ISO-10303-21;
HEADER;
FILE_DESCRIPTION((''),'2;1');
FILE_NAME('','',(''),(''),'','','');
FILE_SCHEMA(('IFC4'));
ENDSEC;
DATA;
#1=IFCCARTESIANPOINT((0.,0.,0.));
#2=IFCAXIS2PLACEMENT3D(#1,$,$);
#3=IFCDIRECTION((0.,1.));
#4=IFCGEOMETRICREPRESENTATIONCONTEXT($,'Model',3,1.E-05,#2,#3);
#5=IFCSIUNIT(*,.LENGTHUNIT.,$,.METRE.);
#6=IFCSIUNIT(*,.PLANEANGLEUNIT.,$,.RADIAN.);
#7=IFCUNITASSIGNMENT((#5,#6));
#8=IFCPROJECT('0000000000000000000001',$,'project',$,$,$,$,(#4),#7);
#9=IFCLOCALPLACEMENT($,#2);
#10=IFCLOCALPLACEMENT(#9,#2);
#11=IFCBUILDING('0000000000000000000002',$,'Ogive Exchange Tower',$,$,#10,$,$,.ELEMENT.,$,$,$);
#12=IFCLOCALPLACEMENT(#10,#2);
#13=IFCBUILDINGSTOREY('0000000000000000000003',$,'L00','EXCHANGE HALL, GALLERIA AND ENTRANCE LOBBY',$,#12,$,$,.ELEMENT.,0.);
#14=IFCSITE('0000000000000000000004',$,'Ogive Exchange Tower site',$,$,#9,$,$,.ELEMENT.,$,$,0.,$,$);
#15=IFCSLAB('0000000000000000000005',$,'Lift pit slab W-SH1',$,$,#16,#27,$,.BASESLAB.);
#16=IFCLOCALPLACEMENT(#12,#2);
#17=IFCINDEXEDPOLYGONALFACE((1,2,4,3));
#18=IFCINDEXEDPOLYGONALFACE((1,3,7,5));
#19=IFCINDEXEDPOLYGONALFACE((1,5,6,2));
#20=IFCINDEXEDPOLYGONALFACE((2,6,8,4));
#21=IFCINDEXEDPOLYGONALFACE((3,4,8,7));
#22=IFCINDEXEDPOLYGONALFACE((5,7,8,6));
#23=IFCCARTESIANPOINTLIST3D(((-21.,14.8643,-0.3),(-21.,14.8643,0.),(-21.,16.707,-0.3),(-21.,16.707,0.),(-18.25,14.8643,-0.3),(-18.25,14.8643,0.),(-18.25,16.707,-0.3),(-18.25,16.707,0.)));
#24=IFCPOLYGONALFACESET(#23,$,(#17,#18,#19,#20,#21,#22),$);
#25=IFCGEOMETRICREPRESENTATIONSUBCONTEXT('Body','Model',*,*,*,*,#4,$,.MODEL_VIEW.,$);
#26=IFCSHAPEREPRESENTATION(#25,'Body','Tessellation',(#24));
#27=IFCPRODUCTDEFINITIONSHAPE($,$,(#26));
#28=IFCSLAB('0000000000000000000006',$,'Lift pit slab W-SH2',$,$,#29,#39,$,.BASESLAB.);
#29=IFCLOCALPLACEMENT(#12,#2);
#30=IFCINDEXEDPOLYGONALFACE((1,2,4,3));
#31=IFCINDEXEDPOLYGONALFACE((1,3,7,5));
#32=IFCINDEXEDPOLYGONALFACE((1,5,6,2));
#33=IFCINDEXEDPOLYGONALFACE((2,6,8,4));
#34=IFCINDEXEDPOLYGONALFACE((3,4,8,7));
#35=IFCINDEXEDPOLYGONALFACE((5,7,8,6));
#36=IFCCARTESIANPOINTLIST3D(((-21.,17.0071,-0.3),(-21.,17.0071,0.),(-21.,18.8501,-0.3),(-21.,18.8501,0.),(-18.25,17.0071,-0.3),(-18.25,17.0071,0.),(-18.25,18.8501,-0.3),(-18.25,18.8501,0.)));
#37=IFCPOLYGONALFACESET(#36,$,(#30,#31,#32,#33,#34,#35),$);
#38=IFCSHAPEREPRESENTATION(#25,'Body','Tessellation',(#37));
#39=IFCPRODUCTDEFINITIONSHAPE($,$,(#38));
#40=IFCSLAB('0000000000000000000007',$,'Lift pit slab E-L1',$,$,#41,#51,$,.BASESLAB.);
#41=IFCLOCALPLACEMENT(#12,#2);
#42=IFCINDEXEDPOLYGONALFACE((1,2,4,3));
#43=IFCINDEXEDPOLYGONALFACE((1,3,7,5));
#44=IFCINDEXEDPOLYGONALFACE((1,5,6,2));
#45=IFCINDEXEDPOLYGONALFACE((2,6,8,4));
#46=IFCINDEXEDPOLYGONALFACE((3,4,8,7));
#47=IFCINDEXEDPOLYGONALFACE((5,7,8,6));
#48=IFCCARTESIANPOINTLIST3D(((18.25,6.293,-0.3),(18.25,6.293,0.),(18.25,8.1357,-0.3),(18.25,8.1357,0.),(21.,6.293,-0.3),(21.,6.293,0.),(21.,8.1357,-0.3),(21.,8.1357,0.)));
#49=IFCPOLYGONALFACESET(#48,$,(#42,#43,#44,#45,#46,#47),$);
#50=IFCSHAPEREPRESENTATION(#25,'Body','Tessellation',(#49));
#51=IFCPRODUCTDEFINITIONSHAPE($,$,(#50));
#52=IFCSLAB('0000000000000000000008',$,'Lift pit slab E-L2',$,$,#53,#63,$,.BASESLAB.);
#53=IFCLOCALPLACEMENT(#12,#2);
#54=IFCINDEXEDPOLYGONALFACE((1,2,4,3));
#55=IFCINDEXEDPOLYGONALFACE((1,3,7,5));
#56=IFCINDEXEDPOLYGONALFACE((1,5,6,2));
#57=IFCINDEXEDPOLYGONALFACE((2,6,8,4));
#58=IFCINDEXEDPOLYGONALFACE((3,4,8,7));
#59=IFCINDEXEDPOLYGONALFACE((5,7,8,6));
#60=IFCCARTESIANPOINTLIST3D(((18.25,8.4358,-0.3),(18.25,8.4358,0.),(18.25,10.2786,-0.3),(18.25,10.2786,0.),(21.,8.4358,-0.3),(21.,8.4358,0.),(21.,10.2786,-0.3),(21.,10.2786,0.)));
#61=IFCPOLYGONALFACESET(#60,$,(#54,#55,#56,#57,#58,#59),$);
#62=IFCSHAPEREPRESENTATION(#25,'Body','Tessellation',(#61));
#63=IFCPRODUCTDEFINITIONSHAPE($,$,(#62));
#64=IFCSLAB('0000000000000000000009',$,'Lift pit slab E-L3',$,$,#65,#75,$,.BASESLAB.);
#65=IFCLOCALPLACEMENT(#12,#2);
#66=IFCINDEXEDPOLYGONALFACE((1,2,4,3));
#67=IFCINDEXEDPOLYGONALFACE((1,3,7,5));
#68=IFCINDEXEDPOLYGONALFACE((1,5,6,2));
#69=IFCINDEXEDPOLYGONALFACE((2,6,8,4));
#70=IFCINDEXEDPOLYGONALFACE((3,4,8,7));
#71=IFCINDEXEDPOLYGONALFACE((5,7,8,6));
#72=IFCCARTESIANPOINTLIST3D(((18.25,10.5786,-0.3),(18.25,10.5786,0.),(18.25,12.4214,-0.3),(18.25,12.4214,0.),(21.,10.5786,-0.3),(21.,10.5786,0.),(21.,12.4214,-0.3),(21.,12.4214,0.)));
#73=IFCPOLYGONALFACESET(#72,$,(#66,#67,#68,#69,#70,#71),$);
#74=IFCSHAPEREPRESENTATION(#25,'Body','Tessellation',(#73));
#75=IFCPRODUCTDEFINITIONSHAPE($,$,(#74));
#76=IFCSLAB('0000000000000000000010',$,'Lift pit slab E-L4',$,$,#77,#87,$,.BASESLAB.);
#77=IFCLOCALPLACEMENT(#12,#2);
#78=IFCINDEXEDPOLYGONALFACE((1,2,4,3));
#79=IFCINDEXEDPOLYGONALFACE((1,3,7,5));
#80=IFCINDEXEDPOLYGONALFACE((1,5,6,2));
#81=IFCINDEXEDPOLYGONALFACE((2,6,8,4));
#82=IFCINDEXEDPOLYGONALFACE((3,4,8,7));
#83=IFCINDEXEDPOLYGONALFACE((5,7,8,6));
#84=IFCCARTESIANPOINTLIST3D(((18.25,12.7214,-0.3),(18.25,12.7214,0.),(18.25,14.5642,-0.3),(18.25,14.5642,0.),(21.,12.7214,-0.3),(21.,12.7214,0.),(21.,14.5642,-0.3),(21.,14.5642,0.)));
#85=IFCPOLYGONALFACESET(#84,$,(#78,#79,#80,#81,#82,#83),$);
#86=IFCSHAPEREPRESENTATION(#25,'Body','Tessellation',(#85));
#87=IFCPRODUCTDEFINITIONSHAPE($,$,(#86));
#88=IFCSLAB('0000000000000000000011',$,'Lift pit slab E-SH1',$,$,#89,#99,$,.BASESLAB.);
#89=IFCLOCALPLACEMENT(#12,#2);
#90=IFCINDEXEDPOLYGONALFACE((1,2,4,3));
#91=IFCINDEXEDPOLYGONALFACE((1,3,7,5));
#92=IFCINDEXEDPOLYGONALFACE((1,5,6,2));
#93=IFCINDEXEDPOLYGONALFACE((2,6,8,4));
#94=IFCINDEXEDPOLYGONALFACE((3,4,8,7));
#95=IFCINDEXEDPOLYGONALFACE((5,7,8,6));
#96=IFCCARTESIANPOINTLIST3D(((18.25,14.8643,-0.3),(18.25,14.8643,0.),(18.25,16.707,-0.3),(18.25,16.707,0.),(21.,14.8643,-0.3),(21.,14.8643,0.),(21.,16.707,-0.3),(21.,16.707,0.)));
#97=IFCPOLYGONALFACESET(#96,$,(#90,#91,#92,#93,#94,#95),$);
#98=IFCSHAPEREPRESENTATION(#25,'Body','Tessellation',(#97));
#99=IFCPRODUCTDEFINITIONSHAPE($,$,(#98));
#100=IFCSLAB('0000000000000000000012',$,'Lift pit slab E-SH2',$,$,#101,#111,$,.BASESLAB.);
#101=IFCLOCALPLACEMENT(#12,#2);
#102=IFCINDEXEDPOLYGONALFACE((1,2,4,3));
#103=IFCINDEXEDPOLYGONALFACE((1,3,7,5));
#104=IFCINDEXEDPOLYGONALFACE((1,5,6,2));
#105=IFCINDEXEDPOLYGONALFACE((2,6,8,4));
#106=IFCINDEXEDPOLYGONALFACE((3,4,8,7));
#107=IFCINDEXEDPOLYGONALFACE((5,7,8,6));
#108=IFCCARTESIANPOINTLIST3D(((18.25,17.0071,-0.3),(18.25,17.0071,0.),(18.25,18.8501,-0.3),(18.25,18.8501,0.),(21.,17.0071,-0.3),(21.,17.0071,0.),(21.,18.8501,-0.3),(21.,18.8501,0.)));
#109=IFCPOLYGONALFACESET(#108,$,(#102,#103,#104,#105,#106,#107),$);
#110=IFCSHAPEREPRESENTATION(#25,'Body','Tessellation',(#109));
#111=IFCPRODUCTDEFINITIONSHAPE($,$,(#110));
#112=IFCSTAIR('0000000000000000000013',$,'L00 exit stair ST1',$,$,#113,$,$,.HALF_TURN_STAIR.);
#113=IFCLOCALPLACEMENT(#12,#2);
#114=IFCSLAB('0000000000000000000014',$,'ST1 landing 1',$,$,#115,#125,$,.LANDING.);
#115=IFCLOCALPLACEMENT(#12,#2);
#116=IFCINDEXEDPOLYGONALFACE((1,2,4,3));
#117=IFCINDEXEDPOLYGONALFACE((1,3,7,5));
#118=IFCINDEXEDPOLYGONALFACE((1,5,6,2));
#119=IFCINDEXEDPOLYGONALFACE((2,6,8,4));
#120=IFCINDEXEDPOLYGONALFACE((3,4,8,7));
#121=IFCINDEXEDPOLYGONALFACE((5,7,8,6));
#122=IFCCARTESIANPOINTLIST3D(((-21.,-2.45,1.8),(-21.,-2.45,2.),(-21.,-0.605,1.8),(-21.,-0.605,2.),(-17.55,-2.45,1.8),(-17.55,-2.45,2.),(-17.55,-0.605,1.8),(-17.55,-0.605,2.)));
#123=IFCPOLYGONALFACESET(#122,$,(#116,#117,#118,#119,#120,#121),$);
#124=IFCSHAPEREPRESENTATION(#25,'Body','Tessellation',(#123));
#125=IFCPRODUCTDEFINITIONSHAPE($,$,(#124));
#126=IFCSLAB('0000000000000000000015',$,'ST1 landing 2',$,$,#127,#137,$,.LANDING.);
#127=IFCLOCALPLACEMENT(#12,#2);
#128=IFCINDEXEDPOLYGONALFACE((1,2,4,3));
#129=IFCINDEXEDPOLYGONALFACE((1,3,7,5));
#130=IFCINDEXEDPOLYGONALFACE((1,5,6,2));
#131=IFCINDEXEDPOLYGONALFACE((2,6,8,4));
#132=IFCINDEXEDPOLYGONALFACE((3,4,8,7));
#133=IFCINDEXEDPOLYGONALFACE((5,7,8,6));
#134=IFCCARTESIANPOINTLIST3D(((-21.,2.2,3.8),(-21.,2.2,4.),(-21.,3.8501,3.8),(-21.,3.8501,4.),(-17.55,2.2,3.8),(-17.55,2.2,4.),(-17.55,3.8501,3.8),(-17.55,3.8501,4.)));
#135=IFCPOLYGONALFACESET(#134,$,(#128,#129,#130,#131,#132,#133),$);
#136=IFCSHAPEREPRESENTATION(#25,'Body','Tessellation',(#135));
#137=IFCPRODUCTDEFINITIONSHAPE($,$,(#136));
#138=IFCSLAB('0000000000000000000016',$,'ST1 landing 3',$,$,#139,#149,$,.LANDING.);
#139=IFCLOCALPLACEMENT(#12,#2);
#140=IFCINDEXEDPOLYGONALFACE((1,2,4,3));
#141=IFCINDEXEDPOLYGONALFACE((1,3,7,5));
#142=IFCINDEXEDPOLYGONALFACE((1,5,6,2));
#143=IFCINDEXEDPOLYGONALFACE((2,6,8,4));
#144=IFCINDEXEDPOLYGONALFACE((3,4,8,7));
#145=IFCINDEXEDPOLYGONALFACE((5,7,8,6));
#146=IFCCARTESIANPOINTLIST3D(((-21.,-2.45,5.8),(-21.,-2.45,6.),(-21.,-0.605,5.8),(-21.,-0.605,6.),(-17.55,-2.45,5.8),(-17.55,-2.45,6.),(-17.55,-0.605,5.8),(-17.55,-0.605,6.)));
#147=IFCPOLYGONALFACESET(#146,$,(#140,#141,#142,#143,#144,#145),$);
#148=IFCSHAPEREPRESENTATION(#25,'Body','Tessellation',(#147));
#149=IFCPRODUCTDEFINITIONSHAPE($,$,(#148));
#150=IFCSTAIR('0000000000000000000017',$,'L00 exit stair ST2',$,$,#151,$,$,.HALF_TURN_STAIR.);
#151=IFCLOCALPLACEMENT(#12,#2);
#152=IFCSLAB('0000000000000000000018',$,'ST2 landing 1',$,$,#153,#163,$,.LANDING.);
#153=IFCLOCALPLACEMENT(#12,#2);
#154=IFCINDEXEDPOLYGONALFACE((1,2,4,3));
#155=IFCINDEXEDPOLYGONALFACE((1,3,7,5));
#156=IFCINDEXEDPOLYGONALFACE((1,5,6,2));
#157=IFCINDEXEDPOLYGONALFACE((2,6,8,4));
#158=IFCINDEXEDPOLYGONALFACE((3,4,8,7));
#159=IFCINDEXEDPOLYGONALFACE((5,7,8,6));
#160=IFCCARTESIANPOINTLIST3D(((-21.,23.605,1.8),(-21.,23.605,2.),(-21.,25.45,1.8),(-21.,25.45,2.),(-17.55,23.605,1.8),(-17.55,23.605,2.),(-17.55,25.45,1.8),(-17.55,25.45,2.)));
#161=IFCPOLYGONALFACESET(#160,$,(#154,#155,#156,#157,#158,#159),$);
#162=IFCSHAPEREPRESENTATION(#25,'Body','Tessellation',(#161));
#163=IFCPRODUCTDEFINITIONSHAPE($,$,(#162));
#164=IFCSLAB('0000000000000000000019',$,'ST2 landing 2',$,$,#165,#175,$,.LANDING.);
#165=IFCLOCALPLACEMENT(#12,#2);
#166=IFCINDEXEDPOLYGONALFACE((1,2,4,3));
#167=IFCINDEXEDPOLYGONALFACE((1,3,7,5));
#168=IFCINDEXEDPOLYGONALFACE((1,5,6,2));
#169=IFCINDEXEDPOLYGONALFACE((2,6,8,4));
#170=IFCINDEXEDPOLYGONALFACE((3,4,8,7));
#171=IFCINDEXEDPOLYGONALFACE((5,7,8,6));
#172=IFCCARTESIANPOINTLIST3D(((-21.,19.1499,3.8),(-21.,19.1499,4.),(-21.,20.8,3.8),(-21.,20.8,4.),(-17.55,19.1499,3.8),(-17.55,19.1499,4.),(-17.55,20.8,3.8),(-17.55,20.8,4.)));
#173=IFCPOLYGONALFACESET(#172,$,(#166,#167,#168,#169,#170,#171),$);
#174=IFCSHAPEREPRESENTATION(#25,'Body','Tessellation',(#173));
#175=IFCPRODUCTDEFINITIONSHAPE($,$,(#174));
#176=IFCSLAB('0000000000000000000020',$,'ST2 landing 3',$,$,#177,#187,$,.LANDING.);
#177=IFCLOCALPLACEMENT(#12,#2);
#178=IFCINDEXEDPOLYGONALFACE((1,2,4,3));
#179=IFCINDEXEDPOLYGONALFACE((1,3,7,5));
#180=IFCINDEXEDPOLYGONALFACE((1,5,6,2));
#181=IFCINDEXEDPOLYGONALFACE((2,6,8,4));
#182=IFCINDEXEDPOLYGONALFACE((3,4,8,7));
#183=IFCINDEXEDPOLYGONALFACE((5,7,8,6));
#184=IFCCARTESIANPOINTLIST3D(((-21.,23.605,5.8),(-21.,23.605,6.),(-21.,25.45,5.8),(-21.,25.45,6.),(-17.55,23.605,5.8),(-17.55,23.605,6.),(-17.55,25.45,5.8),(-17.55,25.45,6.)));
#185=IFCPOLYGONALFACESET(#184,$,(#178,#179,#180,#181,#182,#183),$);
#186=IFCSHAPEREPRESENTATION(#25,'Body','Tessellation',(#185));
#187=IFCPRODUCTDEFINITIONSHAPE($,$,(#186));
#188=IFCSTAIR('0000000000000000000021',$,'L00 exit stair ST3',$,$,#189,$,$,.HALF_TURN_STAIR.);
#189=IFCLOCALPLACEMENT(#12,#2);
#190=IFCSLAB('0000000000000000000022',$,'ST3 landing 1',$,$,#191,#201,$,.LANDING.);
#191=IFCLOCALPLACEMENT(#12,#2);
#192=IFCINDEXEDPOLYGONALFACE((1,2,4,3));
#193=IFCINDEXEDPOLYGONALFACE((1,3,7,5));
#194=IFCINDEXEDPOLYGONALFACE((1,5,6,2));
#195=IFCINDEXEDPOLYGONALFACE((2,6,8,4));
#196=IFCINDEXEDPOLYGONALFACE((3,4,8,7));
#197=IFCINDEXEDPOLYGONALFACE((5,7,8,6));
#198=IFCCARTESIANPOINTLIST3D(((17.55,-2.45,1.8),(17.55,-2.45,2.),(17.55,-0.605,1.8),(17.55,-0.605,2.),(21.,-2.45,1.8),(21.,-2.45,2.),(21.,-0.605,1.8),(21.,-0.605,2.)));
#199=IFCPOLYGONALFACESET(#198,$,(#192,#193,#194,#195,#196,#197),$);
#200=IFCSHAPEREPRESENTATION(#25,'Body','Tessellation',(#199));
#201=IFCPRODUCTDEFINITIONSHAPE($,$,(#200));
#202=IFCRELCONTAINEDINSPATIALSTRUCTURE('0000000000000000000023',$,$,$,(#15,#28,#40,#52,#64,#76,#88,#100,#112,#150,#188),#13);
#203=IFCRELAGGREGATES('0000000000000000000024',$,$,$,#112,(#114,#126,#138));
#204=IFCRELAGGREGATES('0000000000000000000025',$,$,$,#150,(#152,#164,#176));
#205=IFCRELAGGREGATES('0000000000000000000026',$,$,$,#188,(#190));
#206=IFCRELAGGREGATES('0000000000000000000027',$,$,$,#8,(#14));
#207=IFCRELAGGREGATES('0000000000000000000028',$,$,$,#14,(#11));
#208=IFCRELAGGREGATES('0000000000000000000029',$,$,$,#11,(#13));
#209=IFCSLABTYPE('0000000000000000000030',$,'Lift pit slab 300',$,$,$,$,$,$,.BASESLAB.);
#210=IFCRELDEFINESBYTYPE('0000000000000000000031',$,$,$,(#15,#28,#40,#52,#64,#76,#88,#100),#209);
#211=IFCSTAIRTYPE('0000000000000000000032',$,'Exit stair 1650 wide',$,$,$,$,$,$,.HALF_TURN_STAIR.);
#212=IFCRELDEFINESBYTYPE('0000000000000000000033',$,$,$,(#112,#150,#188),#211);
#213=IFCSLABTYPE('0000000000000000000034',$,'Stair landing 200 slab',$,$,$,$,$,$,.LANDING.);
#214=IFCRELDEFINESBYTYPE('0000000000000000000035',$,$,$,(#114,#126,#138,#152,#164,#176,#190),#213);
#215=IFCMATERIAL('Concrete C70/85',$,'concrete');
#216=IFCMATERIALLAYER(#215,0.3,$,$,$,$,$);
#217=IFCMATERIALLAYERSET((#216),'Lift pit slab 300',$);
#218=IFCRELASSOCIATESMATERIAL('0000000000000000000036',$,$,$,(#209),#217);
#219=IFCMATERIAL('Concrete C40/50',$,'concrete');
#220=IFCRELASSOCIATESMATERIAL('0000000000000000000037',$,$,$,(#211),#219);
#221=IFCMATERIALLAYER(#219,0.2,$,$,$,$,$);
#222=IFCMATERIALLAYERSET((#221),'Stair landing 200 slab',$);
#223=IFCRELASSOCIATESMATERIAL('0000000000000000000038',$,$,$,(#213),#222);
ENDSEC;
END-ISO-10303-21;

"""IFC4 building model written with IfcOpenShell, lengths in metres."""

from ifc_helpers import new_model, si_unit, direction, frame, origin, place, context, subcontext, project, spatial, polyline, outline, extrude, material, layer, layer_set, type_object, element, aggregate, save


model = new_model("IFC4")

# Units and contexts
model_context = context("Model", 3, precision=1e-05, world=origin(), true_north=direction((0.0, 1.0)))
body_context = subcontext(model_context, "Body", "Model", "MODEL_VIEW")
ifc_project = project(units=[si_unit("LENGTHUNIT", "METRE"), si_unit("PLANEANGLEUNIT", "RADIAN")], contexts=[model_context])

# Site, building, storey
site_placement = place(None, origin())
site = spatial("IfcSite", under=ifc_project, at=site_placement, Name="Ogive Exchange Tower site", CompositionType="ELEMENT", RefElevation=0.0)
building_placement = place(site_placement, origin())
building = spatial("IfcBuilding", under=site, at=building_placement, Name="Ogive Exchange Tower", CompositionType="ELEMENT")
storey_placement = place(building_placement, origin())
storey = spatial("IfcBuildingStorey", under=building, at=storey_placement, Name="L00", Description="EXCHANGE HALL, GALLERIA AND ENTRANCE LOBBY", CompositionType="ELEMENT", Elevation=0.0)

# Slabs
ifc_material_1 = material(Name="Concrete C70/85", Category="concrete")
ifc_layer_1 = layer(ifc_material_1, 0.3)
ifc_layer_set_1 = layer_set([ifc_layer_1], Name="Lift pit slab 300")
slab_type_1 = type_object("IfcSlabType", Name="Lift pit slab 300", PredefinedType="BASESLAB", material=ifc_layer_set_1)
slab_1_placement = place(storey_placement, frame((0.0, 0.0, -0.3)))
element("IfcSlab", 1, at=slab_1_placement, inside=storey, type_object=slab_type_1, Name="Lift pit slab W-SH1", PredefinedType="BASESLAB", context=body_context, shape_type="SweptSolid", body=[
    extrude(outline(polyline([(-21.0, 14.8643), (-18.25, 14.8643), (-18.25, 16.707), (-21.0, 16.707), (-21.0, 14.8643)])), origin(), (0.0, 0.0, 1.0), 0.3),
])
slab_2_placement = place(storey_placement, frame((0.0, 0.0, -0.3)))
element("IfcSlab", 2, at=slab_2_placement, inside=storey, type_object=slab_type_1, Name="Lift pit slab W-SH2", PredefinedType="BASESLAB", context=body_context, shape_type="SweptSolid", body=[
    extrude(outline(polyline([(-21.0, 17.0071), (-18.25, 17.0071), (-18.25, 18.8501), (-21.0, 18.8501), (-21.0, 17.0071)])), origin(), (0.0, 0.0, 1.0), 0.3),
])
slab_3_placement = place(storey_placement, frame((0.0, 0.0, -0.3)))
element("IfcSlab", 3, at=slab_3_placement, inside=storey, type_object=slab_type_1, Name="Lift pit slab E-L1", PredefinedType="BASESLAB", context=body_context, shape_type="SweptSolid", body=[
    extrude(outline(polyline([(18.25, 6.293), (21.0, 6.293), (21.0, 8.1357), (18.25, 8.1357), (18.25, 6.293)])), origin(), (0.0, 0.0, 1.0), 0.3),
])
slab_4_placement = place(storey_placement, frame((0.0, 0.0, -0.3)))
element("IfcSlab", 4, at=slab_4_placement, inside=storey, type_object=slab_type_1, Name="Lift pit slab E-L2", PredefinedType="BASESLAB", context=body_context, shape_type="SweptSolid", body=[
    extrude(outline(polyline([(18.25, 8.4358), (21.0, 8.4358), (21.0, 10.2786), (18.25, 10.2786), (18.25, 8.4358)])), origin(), (0.0, 0.0, 1.0), 0.3),
])
slab_5_placement = place(storey_placement, frame((0.0, 0.0, -0.3)))
element("IfcSlab", 5, at=slab_5_placement, inside=storey, type_object=slab_type_1, Name="Lift pit slab E-L3", PredefinedType="BASESLAB", context=body_context, shape_type="SweptSolid", body=[
    extrude(outline(polyline([(18.25, 10.5786), (21.0, 10.5786), (21.0, 12.4214), (18.25, 12.4214), (18.25, 10.5786)])), origin(), (0.0, 0.0, 1.0), 0.3),
])
slab_6_placement = place(storey_placement, frame((0.0, 0.0, -0.3)))
element("IfcSlab", 6, at=slab_6_placement, inside=storey, type_object=slab_type_1, Name="Lift pit slab E-L4", PredefinedType="BASESLAB", context=body_context, shape_type="SweptSolid", body=[
    extrude(outline(polyline([(18.25, 12.7214), (21.0, 12.7214), (21.0, 14.5642), (18.25, 14.5642), (18.25, 12.7214)])), origin(), (0.0, 0.0, 1.0), 0.3),
])
slab_7_placement = place(storey_placement, frame((0.0, 0.0, -0.3)))
element("IfcSlab", 7, at=slab_7_placement, inside=storey, type_object=slab_type_1, Name="Lift pit slab E-SH1", PredefinedType="BASESLAB", context=body_context, shape_type="SweptSolid", body=[
    extrude(outline(polyline([(18.25, 14.8643), (21.0, 14.8643), (21.0, 16.707), (18.25, 16.707), (18.25, 14.8643)])), origin(), (0.0, 0.0, 1.0), 0.3),
])
slab_8_placement = place(storey_placement, frame((0.0, 0.0, -0.3)))
element("IfcSlab", 8, at=slab_8_placement, inside=storey, type_object=slab_type_1, Name="Lift pit slab E-SH2", PredefinedType="BASESLAB", context=body_context, shape_type="SweptSolid", body=[
    extrude(outline(polyline([(18.25, 17.0071), (21.0, 17.0071), (21.0, 18.8501), (18.25, 18.8501), (18.25, 17.0071)])), origin(), (0.0, 0.0, 1.0), 0.3),
])

# Stairs, slabs
ifc_material_2 = material(Name="Concrete C40/50", Category="concrete")
stair_type_1 = type_object("IfcStairType", Name="Exit stair 1650 wide", PredefinedType="HALF_TURN_STAIR", material=ifc_material_2)
stair_1_placement = place(storey_placement, origin())
stair_1 = element("IfcStair", 9, at=stair_1_placement, inside=storey, type_object=stair_type_1, Name="L00 exit stair ST1", PredefinedType="HALF_TURN_STAIR")
ifc_layer_2 = layer(ifc_material_2, 0.2)
ifc_layer_set_2 = layer_set([ifc_layer_2], Name="Stair landing 200 slab")
slab_type_2 = type_object("IfcSlabType", Name="Stair landing 200 slab", PredefinedType="LANDING", material=ifc_layer_set_2)
slab_9_placement = place(storey_placement, frame((0.0, 0.0, 1.8)))
slab_9 = element("IfcSlab", 10, at=slab_9_placement, type_object=slab_type_2, Name="ST1 landing 1", PredefinedType="LANDING", context=body_context, shape_type="SweptSolid", body=[
    extrude(outline(polyline([(-21.0, -0.605), (-21.0, -2.45), (-17.55, -2.45), (-17.55, -0.605), (-21.0, -0.605)])), origin(), (0.0, 0.0, 1.0), 0.2),
])
slab_10_placement = place(storey_placement, frame((0.0, 0.0, 3.8)))
slab_10 = element("IfcSlab", 11, at=slab_10_placement, type_object=slab_type_2, Name="ST1 landing 2", PredefinedType="LANDING", context=body_context, shape_type="SweptSolid", body=[
    extrude(outline(polyline([(-21.0, 3.8501), (-21.0, 2.2), (-17.55, 2.2), (-17.55, 3.8501), (-21.0, 3.8501)])), origin(), (0.0, 0.0, 1.0), 0.2),
])
slab_11_placement = place(storey_placement, frame((0.0, 0.0, 5.8)))
slab_11 = element("IfcSlab", 12, at=slab_11_placement, type_object=slab_type_2, Name="ST1 landing 3", PredefinedType="LANDING", context=body_context, shape_type="SweptSolid", body=[
    extrude(outline(polyline([(-21.0, -0.605), (-21.0, -2.45), (-17.55, -2.45), (-17.55, -0.605), (-21.0, -0.605)])), origin(), (0.0, 0.0, 1.0), 0.2),
])
aggregate(stair_1, [slab_9, slab_10, slab_11])
stair_2_placement = place(storey_placement, origin())
stair_2 = element("IfcStair", 13, at=stair_2_placement, inside=storey, type_object=stair_type_1, Name="L00 exit stair ST2", PredefinedType="HALF_TURN_STAIR")
slab_12_placement = place(storey_placement, frame((0.0, 0.0, 1.8)))
slab_12 = element("IfcSlab", 14, at=slab_12_placement, type_object=slab_type_2, Name="ST2 landing 1", PredefinedType="LANDING", context=body_context, shape_type="SweptSolid", body=[
    extrude(outline(polyline([(-17.55, 23.605), (-17.55, 25.45), (-21.0, 25.45), (-21.0, 23.605), (-17.55, 23.605)])), origin(), (0.0, 0.0, 1.0), 0.2),
])
slab_13_placement = place(storey_placement, frame((0.0, 0.0, 3.8)))
slab_13 = element("IfcSlab", 15, at=slab_13_placement, type_object=slab_type_2, Name="ST2 landing 2", PredefinedType="LANDING", context=body_context, shape_type="SweptSolid", body=[
    extrude(outline(polyline([(-17.55, 19.1499), (-17.55, 20.8), (-21.0, 20.8), (-21.0, 19.1499), (-17.55, 19.1499)])), origin(), (0.0, 0.0, 1.0), 0.2),
])
slab_14_placement = place(storey_placement, frame((0.0, 0.0, 5.8)))
slab_14 = element("IfcSlab", 16, at=slab_14_placement, type_object=slab_type_2, Name="ST2 landing 3", PredefinedType="LANDING", context=body_context, shape_type="SweptSolid", body=[
    extrude(outline(polyline([(-17.55, 23.605), (-17.55, 25.45), (-21.0, 25.45), (-21.0, 23.605), (-17.55, 23.605)])), origin(), (0.0, 0.0, 1.0), 0.2),
])
aggregate(stair_2, [slab_12, slab_13, slab_14])
stair_3_placement = place(storey_placement, origin())
stair_3 = element("IfcStair", 17, at=stair_3_placement, inside=storey, type_object=stair_type_1, Name="L00 exit stair ST3", PredefinedType="HALF_TURN_STAIR")
slab_15_placement = place(storey_placement, frame((0.0, 0.0, 1.8)))
slab_15 = element("IfcSlab", 18, at=slab_15_placement, type_object=slab_type_2, Name="ST3 landing 1", PredefinedType="LANDING", context=body_context, shape_type="SweptSolid", body=[
    extrude(outline(polyline([(17.55, -0.605), (17.55, -2.45), (21.0, -2.45), (21.0, -0.605), (17.55, -0.605)])), origin(), (0.0, 0.0, 1.0), 0.2),
])
aggregate(stair_3, [slab_15])

save(model, "model.ifc")
